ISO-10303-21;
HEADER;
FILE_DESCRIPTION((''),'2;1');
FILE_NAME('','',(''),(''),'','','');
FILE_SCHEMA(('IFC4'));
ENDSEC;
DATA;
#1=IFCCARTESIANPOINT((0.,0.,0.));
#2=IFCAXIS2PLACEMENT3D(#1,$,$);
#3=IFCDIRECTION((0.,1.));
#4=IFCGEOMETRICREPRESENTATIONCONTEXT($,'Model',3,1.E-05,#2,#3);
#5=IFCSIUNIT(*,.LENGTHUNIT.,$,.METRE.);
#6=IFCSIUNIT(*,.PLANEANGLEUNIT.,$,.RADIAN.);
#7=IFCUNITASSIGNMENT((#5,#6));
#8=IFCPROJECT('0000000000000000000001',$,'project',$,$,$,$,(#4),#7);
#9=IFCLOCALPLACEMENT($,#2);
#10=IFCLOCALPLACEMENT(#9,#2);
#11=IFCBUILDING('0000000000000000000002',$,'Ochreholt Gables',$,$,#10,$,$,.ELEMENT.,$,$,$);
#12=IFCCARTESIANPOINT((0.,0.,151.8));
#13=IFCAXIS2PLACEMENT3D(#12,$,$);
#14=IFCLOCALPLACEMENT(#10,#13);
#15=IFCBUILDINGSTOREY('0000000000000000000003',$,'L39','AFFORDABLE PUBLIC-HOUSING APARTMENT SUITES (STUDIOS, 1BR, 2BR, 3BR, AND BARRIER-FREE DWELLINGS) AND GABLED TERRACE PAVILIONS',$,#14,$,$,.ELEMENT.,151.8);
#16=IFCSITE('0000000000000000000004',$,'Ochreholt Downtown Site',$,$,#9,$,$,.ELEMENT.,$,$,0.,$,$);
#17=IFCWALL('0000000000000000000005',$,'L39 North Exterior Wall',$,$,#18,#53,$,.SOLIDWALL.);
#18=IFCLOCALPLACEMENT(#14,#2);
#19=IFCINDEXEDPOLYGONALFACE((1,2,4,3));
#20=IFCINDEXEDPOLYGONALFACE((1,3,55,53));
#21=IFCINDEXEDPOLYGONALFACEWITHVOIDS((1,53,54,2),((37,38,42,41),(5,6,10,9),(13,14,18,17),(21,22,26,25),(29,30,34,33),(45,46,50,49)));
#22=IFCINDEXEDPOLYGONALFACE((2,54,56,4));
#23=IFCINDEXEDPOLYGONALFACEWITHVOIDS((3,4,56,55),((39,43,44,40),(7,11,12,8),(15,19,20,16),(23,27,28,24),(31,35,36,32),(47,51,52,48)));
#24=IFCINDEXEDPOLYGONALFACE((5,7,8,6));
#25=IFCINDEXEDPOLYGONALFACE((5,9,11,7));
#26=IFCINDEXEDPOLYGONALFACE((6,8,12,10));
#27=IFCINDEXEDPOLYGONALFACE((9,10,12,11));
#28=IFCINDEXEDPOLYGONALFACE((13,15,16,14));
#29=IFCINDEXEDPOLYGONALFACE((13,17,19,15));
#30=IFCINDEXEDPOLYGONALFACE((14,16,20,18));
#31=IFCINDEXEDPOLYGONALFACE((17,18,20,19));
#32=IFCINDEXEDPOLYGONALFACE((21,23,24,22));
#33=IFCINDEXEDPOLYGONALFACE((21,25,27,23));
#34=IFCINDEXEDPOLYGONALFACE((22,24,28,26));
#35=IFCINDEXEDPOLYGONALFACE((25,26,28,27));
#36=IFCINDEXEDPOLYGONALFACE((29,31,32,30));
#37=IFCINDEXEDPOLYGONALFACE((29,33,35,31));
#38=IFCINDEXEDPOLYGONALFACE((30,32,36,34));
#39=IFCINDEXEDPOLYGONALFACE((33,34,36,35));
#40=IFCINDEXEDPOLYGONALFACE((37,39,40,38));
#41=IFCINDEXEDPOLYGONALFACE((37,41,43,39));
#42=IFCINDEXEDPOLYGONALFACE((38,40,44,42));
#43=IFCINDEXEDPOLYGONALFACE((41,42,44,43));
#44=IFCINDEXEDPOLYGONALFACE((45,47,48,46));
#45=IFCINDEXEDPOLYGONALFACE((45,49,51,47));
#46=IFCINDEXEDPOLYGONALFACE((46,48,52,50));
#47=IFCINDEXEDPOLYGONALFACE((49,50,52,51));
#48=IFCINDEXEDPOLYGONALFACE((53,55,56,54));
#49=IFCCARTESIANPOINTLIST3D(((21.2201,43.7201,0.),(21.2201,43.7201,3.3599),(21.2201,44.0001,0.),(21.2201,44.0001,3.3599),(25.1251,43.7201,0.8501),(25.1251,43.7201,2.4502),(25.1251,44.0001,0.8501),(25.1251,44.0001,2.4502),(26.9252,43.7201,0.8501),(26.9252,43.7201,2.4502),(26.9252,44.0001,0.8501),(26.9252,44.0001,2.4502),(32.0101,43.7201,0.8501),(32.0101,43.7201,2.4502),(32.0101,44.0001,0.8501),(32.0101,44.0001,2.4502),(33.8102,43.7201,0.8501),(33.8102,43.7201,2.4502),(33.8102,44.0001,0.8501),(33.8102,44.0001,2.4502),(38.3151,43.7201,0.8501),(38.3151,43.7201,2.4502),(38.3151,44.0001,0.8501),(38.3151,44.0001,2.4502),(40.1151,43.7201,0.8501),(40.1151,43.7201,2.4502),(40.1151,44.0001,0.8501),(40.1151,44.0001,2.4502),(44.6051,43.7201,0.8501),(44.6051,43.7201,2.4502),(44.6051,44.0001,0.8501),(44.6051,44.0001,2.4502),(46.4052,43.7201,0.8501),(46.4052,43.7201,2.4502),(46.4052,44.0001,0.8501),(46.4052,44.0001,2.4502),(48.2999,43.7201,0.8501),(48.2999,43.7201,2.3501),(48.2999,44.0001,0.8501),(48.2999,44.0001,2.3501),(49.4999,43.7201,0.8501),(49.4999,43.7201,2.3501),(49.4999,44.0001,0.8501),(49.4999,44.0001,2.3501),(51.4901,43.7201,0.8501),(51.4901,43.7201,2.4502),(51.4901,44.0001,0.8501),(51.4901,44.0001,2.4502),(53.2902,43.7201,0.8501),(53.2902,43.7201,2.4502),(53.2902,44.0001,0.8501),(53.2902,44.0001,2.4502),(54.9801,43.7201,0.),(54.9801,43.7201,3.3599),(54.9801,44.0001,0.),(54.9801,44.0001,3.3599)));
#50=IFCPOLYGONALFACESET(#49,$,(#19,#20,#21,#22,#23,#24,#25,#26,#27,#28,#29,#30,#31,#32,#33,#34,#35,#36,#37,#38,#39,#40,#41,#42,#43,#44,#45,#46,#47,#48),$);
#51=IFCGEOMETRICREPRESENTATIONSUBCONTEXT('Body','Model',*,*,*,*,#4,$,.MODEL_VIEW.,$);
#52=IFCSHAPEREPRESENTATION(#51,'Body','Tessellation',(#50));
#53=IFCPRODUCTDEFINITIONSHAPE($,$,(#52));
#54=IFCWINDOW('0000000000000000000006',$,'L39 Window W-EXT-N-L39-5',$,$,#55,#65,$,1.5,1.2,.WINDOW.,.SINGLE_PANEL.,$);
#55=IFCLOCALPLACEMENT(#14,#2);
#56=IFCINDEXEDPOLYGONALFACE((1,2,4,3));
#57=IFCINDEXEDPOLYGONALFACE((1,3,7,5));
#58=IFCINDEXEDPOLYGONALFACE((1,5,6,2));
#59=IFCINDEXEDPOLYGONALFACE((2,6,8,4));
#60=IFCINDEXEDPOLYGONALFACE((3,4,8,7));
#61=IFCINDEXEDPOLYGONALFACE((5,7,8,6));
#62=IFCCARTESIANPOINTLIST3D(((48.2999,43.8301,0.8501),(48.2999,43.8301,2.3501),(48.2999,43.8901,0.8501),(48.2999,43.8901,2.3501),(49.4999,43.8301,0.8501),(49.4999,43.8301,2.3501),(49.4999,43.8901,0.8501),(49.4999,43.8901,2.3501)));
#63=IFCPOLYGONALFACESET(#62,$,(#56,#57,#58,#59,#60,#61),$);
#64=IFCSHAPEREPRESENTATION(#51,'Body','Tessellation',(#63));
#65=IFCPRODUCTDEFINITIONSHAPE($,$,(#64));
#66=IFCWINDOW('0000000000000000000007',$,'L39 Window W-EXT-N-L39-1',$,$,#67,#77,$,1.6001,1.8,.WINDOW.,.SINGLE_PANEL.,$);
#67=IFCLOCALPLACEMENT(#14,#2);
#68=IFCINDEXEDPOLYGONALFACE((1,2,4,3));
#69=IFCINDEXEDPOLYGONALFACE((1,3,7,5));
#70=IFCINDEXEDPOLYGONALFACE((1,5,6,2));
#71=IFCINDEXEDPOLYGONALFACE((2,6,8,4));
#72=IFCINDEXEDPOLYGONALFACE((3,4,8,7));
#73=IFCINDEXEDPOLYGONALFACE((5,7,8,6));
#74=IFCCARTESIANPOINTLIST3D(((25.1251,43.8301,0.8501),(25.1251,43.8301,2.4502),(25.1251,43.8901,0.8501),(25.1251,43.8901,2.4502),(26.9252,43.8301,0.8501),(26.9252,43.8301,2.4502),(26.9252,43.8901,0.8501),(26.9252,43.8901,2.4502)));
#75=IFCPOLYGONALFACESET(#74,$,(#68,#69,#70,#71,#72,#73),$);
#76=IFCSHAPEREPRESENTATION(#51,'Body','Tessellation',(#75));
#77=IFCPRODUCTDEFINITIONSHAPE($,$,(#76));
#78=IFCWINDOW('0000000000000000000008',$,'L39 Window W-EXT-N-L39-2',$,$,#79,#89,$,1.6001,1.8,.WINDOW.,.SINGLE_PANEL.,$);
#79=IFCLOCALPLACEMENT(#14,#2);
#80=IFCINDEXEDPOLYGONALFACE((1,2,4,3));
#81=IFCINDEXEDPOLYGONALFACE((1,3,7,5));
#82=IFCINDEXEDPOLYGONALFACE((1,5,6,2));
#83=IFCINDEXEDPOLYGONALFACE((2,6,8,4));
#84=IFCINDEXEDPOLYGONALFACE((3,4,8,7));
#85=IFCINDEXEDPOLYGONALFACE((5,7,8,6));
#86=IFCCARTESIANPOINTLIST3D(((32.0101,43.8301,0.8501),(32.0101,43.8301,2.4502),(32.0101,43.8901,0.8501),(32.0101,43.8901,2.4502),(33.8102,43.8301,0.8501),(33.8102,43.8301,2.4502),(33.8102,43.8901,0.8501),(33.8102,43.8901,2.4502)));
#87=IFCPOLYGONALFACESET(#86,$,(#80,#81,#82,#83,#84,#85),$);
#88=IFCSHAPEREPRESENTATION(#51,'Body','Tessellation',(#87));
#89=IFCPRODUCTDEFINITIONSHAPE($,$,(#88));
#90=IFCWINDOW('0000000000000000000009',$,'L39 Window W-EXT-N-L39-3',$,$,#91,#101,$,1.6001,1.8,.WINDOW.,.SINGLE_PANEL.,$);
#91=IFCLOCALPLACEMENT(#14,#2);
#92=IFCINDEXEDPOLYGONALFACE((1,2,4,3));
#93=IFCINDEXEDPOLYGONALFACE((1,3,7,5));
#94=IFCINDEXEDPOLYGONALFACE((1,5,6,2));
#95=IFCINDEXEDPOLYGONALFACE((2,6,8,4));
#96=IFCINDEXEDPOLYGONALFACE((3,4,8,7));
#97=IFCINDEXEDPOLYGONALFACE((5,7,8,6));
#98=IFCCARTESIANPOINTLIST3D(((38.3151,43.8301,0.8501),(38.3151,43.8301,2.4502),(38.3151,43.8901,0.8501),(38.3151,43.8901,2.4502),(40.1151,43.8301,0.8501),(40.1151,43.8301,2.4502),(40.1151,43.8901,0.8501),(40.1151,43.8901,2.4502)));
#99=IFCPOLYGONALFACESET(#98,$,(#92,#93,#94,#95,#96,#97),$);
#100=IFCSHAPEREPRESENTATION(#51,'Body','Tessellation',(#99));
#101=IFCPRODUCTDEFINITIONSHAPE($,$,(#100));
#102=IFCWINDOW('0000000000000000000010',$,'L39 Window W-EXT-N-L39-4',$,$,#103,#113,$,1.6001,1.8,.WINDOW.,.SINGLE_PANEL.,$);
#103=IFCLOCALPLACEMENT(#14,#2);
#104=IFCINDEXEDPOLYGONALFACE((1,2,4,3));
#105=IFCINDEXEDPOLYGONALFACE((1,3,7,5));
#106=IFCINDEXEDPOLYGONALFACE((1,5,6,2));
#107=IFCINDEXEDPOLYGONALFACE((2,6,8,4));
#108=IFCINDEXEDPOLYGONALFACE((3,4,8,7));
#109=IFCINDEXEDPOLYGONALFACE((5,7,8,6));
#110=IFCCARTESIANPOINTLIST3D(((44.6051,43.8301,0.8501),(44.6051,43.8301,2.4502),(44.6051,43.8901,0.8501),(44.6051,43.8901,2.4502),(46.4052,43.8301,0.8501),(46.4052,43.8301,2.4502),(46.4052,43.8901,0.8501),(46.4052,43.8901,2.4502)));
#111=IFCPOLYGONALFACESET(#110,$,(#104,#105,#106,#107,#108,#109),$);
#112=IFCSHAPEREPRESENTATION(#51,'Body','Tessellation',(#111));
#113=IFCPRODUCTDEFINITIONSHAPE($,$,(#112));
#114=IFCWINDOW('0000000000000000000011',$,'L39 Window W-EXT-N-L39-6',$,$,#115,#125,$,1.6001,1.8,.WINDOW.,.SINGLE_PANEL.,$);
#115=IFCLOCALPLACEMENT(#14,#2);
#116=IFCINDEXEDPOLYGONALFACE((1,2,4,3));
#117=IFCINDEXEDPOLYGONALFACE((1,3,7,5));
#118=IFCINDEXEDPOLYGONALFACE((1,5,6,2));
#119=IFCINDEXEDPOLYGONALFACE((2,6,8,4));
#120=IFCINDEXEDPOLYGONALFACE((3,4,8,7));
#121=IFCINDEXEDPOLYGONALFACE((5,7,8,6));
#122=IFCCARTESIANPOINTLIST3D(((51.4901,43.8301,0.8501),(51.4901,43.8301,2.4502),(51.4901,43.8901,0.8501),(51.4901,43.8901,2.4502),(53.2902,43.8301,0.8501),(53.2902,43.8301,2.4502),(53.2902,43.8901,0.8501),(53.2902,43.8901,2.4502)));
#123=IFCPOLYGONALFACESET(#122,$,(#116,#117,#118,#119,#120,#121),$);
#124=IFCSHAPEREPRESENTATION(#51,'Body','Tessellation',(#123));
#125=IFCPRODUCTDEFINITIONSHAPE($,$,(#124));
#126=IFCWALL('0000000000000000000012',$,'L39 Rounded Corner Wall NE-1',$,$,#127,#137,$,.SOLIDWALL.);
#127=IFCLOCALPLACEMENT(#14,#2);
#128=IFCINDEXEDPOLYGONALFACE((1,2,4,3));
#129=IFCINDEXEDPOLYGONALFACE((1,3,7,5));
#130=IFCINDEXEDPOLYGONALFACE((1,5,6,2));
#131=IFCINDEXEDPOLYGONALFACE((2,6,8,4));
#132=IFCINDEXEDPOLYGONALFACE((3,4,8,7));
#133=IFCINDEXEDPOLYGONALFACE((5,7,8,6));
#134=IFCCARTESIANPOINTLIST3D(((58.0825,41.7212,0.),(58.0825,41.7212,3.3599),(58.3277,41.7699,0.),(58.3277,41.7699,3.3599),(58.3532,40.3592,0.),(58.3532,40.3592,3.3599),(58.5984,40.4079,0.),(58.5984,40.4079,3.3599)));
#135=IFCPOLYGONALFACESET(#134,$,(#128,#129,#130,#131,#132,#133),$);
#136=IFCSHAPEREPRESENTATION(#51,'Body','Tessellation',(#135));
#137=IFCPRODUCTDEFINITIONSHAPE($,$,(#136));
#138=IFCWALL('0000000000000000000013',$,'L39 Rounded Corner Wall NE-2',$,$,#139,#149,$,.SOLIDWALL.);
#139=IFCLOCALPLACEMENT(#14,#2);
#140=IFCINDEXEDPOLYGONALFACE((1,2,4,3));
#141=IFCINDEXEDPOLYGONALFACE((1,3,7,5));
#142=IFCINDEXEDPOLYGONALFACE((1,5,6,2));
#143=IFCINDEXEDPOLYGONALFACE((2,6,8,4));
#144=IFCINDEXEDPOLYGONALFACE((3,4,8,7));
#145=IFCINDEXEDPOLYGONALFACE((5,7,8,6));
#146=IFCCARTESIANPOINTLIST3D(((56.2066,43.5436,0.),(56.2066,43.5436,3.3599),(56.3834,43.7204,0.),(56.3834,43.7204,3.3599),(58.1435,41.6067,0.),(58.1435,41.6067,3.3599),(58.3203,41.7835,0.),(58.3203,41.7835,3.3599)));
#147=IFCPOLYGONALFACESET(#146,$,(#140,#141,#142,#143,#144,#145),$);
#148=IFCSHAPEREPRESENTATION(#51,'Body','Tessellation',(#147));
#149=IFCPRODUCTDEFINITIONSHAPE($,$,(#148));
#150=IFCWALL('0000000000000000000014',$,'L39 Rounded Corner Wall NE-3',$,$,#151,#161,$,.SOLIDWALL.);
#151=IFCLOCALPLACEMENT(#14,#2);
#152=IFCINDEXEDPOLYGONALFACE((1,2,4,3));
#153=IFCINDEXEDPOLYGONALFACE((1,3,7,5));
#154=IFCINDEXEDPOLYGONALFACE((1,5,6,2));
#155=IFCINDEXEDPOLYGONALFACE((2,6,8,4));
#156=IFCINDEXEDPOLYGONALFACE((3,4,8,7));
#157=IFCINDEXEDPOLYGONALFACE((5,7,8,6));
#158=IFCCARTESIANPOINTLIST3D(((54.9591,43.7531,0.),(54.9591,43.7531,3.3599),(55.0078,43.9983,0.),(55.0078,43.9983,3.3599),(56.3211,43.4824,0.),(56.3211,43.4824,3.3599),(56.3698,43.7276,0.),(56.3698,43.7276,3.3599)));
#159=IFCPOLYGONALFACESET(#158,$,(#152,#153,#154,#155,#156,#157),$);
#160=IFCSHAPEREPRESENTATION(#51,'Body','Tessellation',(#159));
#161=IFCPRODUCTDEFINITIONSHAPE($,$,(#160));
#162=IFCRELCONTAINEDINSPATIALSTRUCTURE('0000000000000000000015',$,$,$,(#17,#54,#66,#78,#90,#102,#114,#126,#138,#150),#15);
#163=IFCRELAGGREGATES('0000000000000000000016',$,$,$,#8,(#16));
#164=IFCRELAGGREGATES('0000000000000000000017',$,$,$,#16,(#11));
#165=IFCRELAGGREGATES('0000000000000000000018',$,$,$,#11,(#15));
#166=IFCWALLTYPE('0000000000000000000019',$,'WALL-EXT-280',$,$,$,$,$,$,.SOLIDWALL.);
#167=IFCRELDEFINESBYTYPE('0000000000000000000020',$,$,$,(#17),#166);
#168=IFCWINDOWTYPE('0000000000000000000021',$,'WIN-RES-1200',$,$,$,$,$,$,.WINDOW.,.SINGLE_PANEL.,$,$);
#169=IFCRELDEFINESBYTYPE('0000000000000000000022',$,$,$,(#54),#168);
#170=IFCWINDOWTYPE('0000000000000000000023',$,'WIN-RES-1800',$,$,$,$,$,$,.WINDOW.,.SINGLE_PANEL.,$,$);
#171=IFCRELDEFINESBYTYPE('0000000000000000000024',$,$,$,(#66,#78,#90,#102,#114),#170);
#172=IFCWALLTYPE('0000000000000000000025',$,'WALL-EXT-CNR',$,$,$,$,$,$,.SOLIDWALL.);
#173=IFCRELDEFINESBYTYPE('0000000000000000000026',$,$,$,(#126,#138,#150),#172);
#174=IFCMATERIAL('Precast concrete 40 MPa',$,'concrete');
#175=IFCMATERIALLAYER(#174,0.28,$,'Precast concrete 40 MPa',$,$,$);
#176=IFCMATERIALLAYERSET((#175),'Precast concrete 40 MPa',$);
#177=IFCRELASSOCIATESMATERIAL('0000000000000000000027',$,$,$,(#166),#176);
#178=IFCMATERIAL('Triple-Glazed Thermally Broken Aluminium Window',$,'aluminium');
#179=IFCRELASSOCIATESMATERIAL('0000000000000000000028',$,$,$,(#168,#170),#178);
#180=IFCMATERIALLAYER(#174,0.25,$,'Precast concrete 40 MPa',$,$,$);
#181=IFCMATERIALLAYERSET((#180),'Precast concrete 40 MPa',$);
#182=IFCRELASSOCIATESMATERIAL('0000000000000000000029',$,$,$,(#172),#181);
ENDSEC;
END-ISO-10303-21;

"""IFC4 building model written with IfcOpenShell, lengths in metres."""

from ifc_helpers import new_model, si_unit, direction, frame, frame_2d, origin, place, context, subcontext, project, spatial, rectangle, extrude, material, layer, layer_set, type_object, element, fill, save


model = new_model("IFC4")

# Units and contexts
model_context = context("Model", 3, precision=1e-05, world=origin(), true_north=direction((0.0, 1.0)))
body_context = subcontext(model_context, "Body", "Model", "MODEL_VIEW")
ifc_project = project(units=[si_unit("LENGTHUNIT", "METRE"), si_unit("PLANEANGLEUNIT", "RADIAN")], contexts=[model_context])

# Site, building, storey
site_placement = place(None, origin())
site = spatial("IfcSite", under=ifc_project, at=site_placement, Name="Ochreholt Downtown Site", CompositionType="ELEMENT", RefElevation=0.0)
building_placement = place(site_placement, origin())
building = spatial("IfcBuilding", under=site, at=building_placement, Name="Ochreholt Gables", CompositionType="ELEMENT")
storey_placement = place(building_placement, frame((0.0, 0.0, 151.8)))
storey = spatial("IfcBuildingStorey", under=building, at=storey_placement, Name="L39", Description="AFFORDABLE PUBLIC-HOUSING APARTMENT SUITES (STUDIOS, 1BR, 2BR, 3BR, AND BARRIER-FREE DWELLINGS) AND GABLED TERRACE PAVILIONS", CompositionType="ELEMENT", Elevation=151.8)

# Wall, openings, windows
ifc_material_1 = material(Name="Precast concrete 40 MPa", Category="concrete")
ifc_layer_1 = layer(ifc_material_1, 0.28, Name="Precast concrete 40 MPa")
ifc_layer_set_1 = layer_set([ifc_layer_1], Name="Precast concrete 40 MPa")
wall_type_1 = type_object("IfcWallType", Name="WALL-EXT-280", PredefinedType="SOLIDWALL", material=ifc_layer_set_1)
wall_1_placement = place(storey_placement, frame((54.98, 43.8601, 0.0), z_axis=(0.0, 0.0, 1.0), x_axis=(-1.0, 0.0, 0.0)))
wall_1 = element("IfcWall", 1, at=wall_1_placement, inside=storey, type_object=wall_type_1, Name="L39 North Exterior Wall", PredefinedType="SOLIDWALL", context=body_context, shape_type="SweptSolid", body=[
    extrude(rectangle(XDim=33.76, YDim=0.28, at=frame_2d((16.8799, 0.0))), origin(), (0.0, 0.0, 1.0), 3.3599),
])
opening_1_placement = place(wall_1_placement, frame((28.0549, 0.0, 0.8501)))
opening_1 = element("IfcOpeningElement", 2, at=opening_1_placement, cuts=wall_1, PredefinedType="OPENING", context=body_context, shape_type="SweptSolid", body=[
    extrude(rectangle(XDim=1.8, YDim=1.6001, at=frame_2d((0.8999, 0.8))), frame((0.0, 0.1499, 0.0), z_axis=(0.0, -1.0, 0.0), x_axis=(1.0, 0.0, 0.0)), (0.0, 0.0, 1.0), 0.3),
])
opening_2_placement = place(wall_1_placement, frame((21.1699, 0.0, 0.8501)))
opening_2 = element("IfcOpeningElement", 3, at=opening_2_placement, cuts=wall_1, PredefinedType="OPENING", context=body_context, shape_type="SweptSolid", body=[
    extrude(rectangle(XDim=1.8, YDim=1.6001, at=frame_2d((0.8999, 0.8))), frame((0.0, 0.1499, 0.0), z_axis=(0.0, -1.0, 0.0), x_axis=(1.0, 0.0, 0.0)), (0.0, 0.0, 1.0), 0.3),
])
opening_3_placement = place(wall_1_placement, frame((14.865, 0.0, 0.8501)))
opening_3 = element("IfcOpeningElement", 4, at=opening_3_placement, cuts=wall_1, PredefinedType="OPENING", context=body_context, shape_type="SweptSolid", body=[
    extrude(rectangle(XDim=1.8, YDim=1.6001, at=frame_2d((0.8999, 0.8))), frame((0.0, 0.1499, 0.0), z_axis=(0.0, -1.0, 0.0), x_axis=(1.0, 0.0, 0.0)), (0.0, 0.0, 1.0), 0.3),
])
opening_4_placement = place(wall_1_placement, frame((8.575, 0.0, 0.8501)))
opening_4 = element("IfcOpeningElement", 5, at=opening_4_placement, cuts=wall_1, PredefinedType="OPENING", context=body_context, shape_type="SweptSolid", body=[
    extrude(rectangle(XDim=1.8, YDim=1.6001, at=frame_2d((0.8999, 0.8))), frame((0.0, 0.1499, 0.0), z_axis=(0.0, -1.0, 0.0), x_axis=(1.0, 0.0, 0.0)), (0.0, 0.0, 1.0), 0.3),
])
opening_5_placement = place(wall_1_placement, frame((5.48, 0.0, 0.8501)))
opening_5 = element("IfcOpeningElement", 6, at=opening_5_placement, cuts=wall_1, PredefinedType="OPENING", context=body_context, shape_type="SweptSolid", body=[
    extrude(rectangle(XDim=1.2, YDim=1.5, at=frame_2d((0.6001, 0.75))), frame((0.0, 0.1499, 0.0), z_axis=(0.0, -1.0, 0.0), x_axis=(1.0, 0.0, 0.0)), (0.0, 0.0, 1.0), 0.3),
])
opening_6_placement = place(wall_1_placement, frame((1.6899, 0.0, 0.8501)))
opening_6 = element("IfcOpeningElement", 7, at=opening_6_placement, cuts=wall_1, PredefinedType="OPENING", context=body_context, shape_type="SweptSolid", body=[
    extrude(rectangle(XDim=1.8, YDim=1.6001, at=frame_2d((0.8999, 0.8))), frame((0.0, 0.1499, 0.0), z_axis=(0.0, -1.0, 0.0), x_axis=(1.0, 0.0, 0.0)), (0.0, 0.0, 1.0), 0.3),
])
ifc_material_2 = material(Name="Triple-Glazed Thermally Broken Aluminium Window", Category="aluminium")
window_type_1 = type_object("IfcWindowType", Name="WIN-RES-1200", PartitioningType="SINGLE_PANEL", PredefinedType="WINDOW", material=ifc_material_2)
window_1_placement = place(opening_5_placement, origin())
window_1 = element("IfcWindow", 8, at=window_1_placement, inside=storey, type_object=window_type_1, Name="L39 Window W-EXT-N-L39-5", OverallHeight=1.5, OverallWidth=1.2, PartitioningType="SINGLE_PANEL", PredefinedType="WINDOW", context=body_context, shape_type="SweptSolid", body=[
    extrude(rectangle(XDim=1.2, YDim=1.5, at=frame_2d((0.6001, 0.75))), frame((0.0, 0.03, 0.0), z_axis=(0.0, -1.0, 0.0), x_axis=(1.0, 0.0, 0.0)), (0.0, 0.0, 1.0), 0.0601),
])
fill(opening_5, window_1)
window_type_2 = type_object("IfcWindowType", Name="WIN-RES-1800", PartitioningType="SINGLE_PANEL", PredefinedType="WINDOW", material=ifc_material_2)
window_2_placement = place(opening_1_placement, origin())
window_2 = element("IfcWindow", 9, at=window_2_placement, inside=storey, type_object=window_type_2, Name="L39 Window W-EXT-N-L39-1", OverallHeight=1.6001, OverallWidth=1.8, PartitioningType="SINGLE_PANEL", PredefinedType="WINDOW", context=body_context, shape_type="SweptSolid", body=[
    extrude(rectangle(XDim=1.8, YDim=1.6001, at=frame_2d((0.8999, 0.8))), frame((0.0, 0.03, 0.0), z_axis=(0.0, -1.0, 0.0), x_axis=(1.0, 0.0, 0.0)), (0.0, 0.0, 1.0), 0.0601),
])
fill(opening_1, window_2)
window_3_placement = place(opening_2_placement, origin())
window_3 = element("IfcWindow", 10, at=window_3_placement, inside=storey, type_object=window_type_2, Name="L39 Window W-EXT-N-L39-2", OverallHeight=1.6001, OverallWidth=1.8, PartitioningType="SINGLE_PANEL", PredefinedType="WINDOW", context=body_context, shape_type="SweptSolid", body=[
    extrude(rectangle(XDim=1.8, YDim=1.6001, at=frame_2d((0.8999, 0.8))), frame((0.0, 0.03, 0.0), z_axis=(0.0, -1.0, 0.0), x_axis=(1.0, 0.0, 0.0)), (0.0, 0.0, 1.0), 0.0601),
])
fill(opening_2, window_3)
window_4_placement = place(opening_3_placement, origin())
window_4 = element("IfcWindow", 11, at=window_4_placement, inside=storey, type_object=window_type_2, Name="L39 Window W-EXT-N-L39-3", OverallHeight=1.6001, OverallWidth=1.8, PartitioningType="SINGLE_PANEL", PredefinedType="WINDOW", context=body_context, shape_type="SweptSolid", body=[
    extrude(rectangle(XDim=1.8, YDim=1.6001, at=frame_2d((0.8999, 0.8))), frame((0.0, 0.03, 0.0), z_axis=(0.0, -1.0, 0.0), x_axis=(1.0, 0.0, 0.0)), (0.0, 0.0, 1.0), 0.0601),
])
fill(opening_3, window_4)
window_5_placement = place(opening_4_placement, origin())
window_5 = element("IfcWindow", 12, at=window_5_placement, inside=storey, type_object=window_type_2, Name="L39 Window W-EXT-N-L39-4", OverallHeight=1.6001, OverallWidth=1.8, PartitioningType="SINGLE_PANEL", PredefinedType="WINDOW", context=body_context, shape_type="SweptSolid", body=[
    extrude(rectangle(XDim=1.8, YDim=1.6001, at=frame_2d((0.8999, 0.8))), frame((0.0, 0.03, 0.0), z_axis=(0.0, -1.0, 0.0), x_axis=(1.0, 0.0, 0.0)), (0.0, 0.0, 1.0), 0.0601),
])
fill(opening_4, window_5)
window_6_placement = place(opening_6_placement, origin())
window_6 = element("IfcWindow", 13, at=window_6_placement, inside=storey, type_object=window_type_2, Name="L39 Window W-EXT-N-L39-6", OverallHeight=1.6001, OverallWidth=1.8, PartitioningType="SINGLE_PANEL", PredefinedType="WINDOW", context=body_context, shape_type="SweptSolid", body=[
    extrude(rectangle(XDim=1.8, YDim=1.6001, at=frame_2d((0.8999, 0.8))), frame((0.0, 0.03, 0.0), z_axis=(0.0, -1.0, 0.0), x_axis=(1.0, 0.0, 0.0)), (0.0, 0.0, 1.0), 0.0601),
])
fill(opening_6, window_6)

# Walls
ifc_layer_2 = layer(ifc_material_1, 0.25, Name="Precast concrete 40 MPa")
ifc_layer_set_2 = layer_set([ifc_layer_2], Name="Precast concrete 40 MPa")
wall_type_2 = type_object("IfcWallType", Name="WALL-EXT-CNR", PredefinedType="SOLIDWALL", material=ifc_layer_set_2)
wall_2_placement = place(storey_placement, frame((58.4758, 40.3835, 0.0), z_axis=(0.0, 0.0, 1.0), x_axis=(-0.194967, 0.98081, 0.0)))
element("IfcWall", 14, at=wall_2_placement, inside=storey, type_object=wall_type_2, Name="L39 Rounded Corner Wall NE-1", PredefinedType="SOLIDWALL", context=body_context, shape_type="SweptSolid", body=[
    extrude(rectangle(XDim=1.3887, YDim=0.25, at=frame_2d((0.6943, 0.0))), origin(), (0.0, 0.0, 1.0), 3.3599),
])
wall_3_placement = place(storey_placement, frame((58.2319, 41.6951, 0.0), z_axis=(0.0, 0.0, 1.0), x_axis=(-0.707107, 0.707107, 0.0)))
element("IfcWall", 15, at=wall_3_placement, inside=storey, type_object=wall_type_2, Name="L39 Rounded Corner Wall NE-2", PredefinedType="SOLIDWALL", context=body_context, shape_type="SweptSolid", body=[
    extrude(rectangle(XDim=2.7393, YDim=0.25, at=frame_2d((1.3696, 0.0))), origin(), (0.0, 0.0, 1.0), 3.3599),
])
wall_4_placement = place(storey_placement, frame((56.3455, 43.605, 0.0), z_axis=(0.0, 0.0, 1.0), x_axis=(-0.98081, 0.194967, 0.0)))
element("IfcWall", 16, at=wall_4_placement, inside=storey, type_object=wall_type_2, Name="L39 Rounded Corner Wall NE-3", PredefinedType="SOLIDWALL", context=body_context, shape_type="SweptSolid", body=[
    extrude(rectangle(XDim=1.3887, YDim=0.25, at=frame_2d((0.6943, 0.0))), origin(), (0.0, 0.0, 1.0), 3.3599),
])

save(model, "model.ifc")
